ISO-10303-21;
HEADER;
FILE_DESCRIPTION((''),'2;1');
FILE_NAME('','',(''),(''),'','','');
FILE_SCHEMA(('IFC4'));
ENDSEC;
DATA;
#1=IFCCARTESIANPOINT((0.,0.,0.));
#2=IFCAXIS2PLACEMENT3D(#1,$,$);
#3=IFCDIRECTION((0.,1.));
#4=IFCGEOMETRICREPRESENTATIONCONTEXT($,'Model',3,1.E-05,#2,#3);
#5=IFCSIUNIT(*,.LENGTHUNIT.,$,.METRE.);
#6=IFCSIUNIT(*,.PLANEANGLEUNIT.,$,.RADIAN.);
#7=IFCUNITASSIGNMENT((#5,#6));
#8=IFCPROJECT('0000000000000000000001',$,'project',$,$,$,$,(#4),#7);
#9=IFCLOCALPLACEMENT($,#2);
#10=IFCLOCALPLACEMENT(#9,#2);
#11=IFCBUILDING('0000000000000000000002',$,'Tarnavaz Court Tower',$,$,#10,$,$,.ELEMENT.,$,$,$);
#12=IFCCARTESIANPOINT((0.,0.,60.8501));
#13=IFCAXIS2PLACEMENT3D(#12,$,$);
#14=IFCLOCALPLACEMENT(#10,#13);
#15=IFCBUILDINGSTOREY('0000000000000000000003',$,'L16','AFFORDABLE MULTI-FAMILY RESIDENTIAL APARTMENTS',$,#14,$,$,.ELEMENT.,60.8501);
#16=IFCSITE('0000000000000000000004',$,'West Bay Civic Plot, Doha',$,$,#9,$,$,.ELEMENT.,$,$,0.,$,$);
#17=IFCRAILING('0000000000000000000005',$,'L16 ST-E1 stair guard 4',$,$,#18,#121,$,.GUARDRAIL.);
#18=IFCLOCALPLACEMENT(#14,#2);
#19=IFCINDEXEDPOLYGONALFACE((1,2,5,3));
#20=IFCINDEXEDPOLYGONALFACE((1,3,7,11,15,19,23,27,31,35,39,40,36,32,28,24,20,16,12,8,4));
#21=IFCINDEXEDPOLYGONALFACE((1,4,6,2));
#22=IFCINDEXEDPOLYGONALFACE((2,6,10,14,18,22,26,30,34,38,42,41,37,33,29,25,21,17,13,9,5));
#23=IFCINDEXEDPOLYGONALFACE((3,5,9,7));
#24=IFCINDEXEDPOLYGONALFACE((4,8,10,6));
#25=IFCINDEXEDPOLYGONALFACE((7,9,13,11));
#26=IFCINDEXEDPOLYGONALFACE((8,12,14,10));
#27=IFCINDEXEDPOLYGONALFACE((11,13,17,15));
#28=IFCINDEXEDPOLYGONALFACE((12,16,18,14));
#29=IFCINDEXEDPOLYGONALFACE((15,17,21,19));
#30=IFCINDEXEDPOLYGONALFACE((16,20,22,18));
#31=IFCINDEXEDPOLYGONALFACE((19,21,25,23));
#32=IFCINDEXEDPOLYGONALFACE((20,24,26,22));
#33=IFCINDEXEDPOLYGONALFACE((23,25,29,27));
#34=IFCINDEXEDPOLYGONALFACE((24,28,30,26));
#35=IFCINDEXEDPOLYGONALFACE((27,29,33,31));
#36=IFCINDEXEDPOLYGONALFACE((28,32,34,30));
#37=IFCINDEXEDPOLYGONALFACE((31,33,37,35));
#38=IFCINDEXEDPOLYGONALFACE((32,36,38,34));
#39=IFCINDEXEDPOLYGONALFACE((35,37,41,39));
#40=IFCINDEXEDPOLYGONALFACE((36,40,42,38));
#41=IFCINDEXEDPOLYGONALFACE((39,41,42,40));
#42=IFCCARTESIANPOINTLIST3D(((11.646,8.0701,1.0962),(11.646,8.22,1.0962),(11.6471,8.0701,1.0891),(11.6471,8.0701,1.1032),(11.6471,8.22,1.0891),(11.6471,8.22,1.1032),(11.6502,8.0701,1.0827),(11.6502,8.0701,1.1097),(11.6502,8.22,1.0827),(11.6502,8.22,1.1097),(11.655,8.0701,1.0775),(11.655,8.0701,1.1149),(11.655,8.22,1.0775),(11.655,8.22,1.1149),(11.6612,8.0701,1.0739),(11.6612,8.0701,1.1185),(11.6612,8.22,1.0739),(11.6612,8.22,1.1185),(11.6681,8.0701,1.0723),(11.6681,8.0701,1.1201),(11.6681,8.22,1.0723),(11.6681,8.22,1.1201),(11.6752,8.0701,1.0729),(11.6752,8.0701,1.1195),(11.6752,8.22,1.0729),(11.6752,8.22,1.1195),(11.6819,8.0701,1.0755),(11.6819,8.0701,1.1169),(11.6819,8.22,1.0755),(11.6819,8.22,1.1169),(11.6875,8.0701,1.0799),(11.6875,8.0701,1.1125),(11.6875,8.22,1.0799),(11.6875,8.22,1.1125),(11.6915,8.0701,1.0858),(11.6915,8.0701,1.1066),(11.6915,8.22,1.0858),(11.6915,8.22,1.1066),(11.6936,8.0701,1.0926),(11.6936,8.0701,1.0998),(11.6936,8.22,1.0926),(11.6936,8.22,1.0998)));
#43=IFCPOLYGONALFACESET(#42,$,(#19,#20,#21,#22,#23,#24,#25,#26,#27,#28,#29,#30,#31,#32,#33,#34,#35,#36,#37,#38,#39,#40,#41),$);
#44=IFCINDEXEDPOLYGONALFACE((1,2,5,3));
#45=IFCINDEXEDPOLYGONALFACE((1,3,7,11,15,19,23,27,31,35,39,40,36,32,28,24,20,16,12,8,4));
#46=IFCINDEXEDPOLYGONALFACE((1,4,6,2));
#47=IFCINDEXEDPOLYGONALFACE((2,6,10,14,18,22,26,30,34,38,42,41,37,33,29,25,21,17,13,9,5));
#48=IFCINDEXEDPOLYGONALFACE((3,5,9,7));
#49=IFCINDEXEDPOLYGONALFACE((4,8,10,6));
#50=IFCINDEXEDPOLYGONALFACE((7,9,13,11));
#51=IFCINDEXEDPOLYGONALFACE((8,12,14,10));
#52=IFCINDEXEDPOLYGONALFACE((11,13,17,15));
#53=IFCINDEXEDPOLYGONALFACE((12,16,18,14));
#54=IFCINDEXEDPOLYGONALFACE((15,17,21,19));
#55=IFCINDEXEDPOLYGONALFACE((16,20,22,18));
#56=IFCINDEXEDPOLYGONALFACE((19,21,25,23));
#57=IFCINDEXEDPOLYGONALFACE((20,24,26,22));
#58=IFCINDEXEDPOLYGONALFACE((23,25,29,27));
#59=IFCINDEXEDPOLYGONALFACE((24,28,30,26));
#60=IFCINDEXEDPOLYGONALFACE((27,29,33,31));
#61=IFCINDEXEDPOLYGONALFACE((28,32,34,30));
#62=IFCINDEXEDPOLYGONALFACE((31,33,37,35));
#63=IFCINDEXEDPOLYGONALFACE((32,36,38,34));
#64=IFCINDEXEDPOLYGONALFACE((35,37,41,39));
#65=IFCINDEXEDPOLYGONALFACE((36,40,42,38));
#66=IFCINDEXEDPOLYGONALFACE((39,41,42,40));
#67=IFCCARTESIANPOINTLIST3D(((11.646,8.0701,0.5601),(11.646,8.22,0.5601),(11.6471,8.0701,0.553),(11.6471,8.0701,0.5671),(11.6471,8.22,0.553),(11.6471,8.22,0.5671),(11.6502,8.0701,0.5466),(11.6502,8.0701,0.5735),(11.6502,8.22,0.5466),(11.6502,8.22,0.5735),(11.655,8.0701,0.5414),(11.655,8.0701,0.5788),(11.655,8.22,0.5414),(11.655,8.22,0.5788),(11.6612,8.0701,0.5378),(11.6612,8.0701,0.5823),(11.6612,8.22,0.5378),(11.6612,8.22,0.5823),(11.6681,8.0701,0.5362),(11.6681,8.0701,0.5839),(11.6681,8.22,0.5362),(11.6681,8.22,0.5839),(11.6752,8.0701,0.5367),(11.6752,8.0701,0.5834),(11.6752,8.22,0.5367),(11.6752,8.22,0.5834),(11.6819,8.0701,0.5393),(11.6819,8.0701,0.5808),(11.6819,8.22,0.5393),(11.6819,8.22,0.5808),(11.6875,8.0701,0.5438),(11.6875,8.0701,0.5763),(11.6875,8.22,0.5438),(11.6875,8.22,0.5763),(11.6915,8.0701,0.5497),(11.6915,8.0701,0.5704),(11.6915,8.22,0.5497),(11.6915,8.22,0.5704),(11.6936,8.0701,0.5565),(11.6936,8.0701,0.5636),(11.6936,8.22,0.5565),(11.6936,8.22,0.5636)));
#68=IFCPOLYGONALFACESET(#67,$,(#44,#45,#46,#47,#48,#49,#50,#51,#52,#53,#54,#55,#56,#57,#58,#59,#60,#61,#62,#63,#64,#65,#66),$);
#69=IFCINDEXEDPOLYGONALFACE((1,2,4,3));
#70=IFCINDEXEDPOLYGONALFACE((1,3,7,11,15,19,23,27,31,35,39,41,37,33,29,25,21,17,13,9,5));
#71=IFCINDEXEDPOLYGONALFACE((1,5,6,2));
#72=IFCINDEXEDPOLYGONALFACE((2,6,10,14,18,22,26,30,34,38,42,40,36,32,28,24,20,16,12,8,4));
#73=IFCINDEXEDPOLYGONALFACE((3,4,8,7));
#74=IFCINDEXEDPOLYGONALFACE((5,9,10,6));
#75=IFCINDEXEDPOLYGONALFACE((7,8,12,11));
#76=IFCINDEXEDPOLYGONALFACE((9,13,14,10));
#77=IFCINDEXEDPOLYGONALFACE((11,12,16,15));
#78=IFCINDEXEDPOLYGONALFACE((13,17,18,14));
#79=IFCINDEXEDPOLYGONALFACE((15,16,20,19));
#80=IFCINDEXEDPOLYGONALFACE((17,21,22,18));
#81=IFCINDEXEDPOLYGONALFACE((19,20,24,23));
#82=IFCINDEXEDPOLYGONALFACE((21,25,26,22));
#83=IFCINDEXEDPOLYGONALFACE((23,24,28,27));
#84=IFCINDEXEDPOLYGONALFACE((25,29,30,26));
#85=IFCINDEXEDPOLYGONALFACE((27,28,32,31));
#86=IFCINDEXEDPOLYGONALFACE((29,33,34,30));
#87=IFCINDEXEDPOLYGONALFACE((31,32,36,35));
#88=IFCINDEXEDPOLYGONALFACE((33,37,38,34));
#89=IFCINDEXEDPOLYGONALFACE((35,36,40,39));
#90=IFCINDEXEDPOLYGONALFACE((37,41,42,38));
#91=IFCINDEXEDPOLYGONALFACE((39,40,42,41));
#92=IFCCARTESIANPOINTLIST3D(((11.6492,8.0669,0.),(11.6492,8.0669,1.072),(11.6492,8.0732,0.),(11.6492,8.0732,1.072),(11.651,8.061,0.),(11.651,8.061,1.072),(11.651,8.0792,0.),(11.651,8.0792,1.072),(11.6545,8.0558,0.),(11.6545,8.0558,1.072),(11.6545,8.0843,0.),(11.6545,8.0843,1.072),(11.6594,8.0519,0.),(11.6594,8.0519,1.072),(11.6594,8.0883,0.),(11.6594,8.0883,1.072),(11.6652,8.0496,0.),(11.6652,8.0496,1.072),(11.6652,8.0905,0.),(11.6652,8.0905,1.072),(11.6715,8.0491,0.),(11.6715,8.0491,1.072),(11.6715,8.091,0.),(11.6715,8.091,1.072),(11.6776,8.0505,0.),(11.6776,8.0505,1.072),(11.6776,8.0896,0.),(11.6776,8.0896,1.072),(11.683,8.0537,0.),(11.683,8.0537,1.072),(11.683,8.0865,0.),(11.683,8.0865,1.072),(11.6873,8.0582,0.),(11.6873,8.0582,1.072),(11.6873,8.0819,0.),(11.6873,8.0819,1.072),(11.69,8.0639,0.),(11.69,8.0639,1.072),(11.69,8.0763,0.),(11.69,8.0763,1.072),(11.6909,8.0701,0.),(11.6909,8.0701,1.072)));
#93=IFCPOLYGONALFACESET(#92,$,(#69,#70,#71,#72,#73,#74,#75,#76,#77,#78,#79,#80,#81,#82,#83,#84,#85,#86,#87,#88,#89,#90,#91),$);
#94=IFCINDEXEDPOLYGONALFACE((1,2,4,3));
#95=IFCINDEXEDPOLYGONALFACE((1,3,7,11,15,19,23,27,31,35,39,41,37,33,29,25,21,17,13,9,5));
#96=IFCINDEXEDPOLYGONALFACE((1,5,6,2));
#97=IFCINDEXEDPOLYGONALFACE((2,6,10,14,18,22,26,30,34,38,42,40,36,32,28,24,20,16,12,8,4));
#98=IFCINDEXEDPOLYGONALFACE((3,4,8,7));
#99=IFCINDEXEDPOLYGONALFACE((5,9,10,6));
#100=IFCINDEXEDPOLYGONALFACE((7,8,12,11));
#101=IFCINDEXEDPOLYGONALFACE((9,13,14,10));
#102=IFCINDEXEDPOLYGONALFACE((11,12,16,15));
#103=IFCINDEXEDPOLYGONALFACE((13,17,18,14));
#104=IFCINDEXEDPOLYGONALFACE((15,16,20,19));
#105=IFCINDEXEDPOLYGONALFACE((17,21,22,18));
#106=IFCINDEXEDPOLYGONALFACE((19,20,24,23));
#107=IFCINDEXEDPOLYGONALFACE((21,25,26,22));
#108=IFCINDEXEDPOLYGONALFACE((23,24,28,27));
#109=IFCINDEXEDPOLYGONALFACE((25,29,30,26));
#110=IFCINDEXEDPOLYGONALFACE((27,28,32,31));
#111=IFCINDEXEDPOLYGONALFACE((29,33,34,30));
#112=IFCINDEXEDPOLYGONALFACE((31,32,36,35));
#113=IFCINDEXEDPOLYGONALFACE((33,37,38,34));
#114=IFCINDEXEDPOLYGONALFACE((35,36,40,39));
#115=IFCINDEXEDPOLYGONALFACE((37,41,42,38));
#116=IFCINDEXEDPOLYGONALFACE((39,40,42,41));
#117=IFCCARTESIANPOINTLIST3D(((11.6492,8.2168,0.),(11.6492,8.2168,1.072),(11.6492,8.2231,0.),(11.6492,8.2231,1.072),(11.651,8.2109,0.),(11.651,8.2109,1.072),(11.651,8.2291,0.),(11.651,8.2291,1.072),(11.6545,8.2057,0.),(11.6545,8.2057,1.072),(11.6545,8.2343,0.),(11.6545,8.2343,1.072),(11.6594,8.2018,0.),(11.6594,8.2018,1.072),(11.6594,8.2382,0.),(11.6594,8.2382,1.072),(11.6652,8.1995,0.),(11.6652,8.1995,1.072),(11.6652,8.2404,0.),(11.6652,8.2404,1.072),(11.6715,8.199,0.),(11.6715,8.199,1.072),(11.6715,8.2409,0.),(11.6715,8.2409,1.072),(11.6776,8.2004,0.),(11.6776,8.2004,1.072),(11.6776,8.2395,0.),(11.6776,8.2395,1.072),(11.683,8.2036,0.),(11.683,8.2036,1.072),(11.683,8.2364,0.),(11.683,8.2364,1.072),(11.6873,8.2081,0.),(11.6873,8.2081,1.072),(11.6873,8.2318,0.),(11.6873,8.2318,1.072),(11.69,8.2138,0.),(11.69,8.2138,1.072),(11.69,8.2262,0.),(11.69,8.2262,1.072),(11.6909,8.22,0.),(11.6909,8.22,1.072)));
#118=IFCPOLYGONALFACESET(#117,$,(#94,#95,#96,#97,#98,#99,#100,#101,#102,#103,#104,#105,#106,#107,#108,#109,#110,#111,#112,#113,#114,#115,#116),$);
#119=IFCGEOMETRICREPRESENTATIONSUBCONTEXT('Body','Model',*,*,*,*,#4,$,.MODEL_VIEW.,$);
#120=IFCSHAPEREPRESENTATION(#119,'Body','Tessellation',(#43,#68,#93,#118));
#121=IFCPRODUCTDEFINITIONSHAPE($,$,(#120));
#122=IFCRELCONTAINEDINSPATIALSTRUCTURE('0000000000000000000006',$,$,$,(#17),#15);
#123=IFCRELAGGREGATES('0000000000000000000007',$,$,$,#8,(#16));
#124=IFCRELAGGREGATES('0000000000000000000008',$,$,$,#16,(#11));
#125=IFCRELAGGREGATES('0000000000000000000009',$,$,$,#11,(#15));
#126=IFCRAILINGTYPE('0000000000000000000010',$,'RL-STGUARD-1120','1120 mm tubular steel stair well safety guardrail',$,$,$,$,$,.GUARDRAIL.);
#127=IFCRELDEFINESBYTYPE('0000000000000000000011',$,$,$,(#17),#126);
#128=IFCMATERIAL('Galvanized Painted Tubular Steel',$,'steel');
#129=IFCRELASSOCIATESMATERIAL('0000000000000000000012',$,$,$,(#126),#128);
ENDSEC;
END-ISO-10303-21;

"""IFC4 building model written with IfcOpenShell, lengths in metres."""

from ifc_helpers import new_model, si_unit, direction, frame, origin, origin_2d, place, context, subcontext, project, spatial, circle, extrude, material, type_object, element, save


model = new_model("IFC4")

# Units and contexts
model_context = context("Model", 3, precision=1e-05, world=origin(), true_north=direction((0.0, 1.0)))
body_context = subcontext(model_context, "Body", "Model", "MODEL_VIEW")
ifc_project = project(units=[si_unit("LENGTHUNIT", "METRE"), si_unit("PLANEANGLEUNIT", "RADIAN")], contexts=[model_context])

# Site, building, storey
site_placement = place(None, origin())
site = spatial("IfcSite", under=ifc_project, at=site_placement, Name="West Bay Civic Plot, Doha", CompositionType="ELEMENT", RefElevation=0.0)
building_placement = place(site_placement, origin())
building = spatial("IfcBuilding", under=site, at=building_placement, Name="Tarnavaz Court Tower", CompositionType="ELEMENT")
storey_placement = place(building_placement, frame((0.0, 0.0, 60.8501)))
storey = spatial("IfcBuildingStorey", under=building, at=storey_placement, Name="L16", Description="AFFORDABLE MULTI-FAMILY RESIDENTIAL APARTMENTS", CompositionType="ELEMENT", Elevation=60.8501)

# Railing
ifc_material_1 = material(Name="Galvanized Painted Tubular Steel", Category="steel")
railing_type_1 = type_object("IfcRailingType", Name="RL-STGUARD-1120", Description="1120 mm tubular steel stair well safety guardrail", PredefinedType="GUARDRAIL", material=ifc_material_1)
railing_1_placement = place(storey_placement, frame((11.6699, 8.0701, 0.0)))
element("IfcRailing", 1, at=railing_1_placement, inside=storey, type_object=railing_type_1, Name="L16 ST-E1 stair guard 4", PredefinedType="GUARDRAIL", context=body_context, shape_type="SweptSolid", body=[
    extrude(circle(Radius=0.0239, at=origin_2d()), frame((0.0, 0.0, 1.0962), z_axis=(0.0, 1.0, 0.0), x_axis=(-1.0, 0.0, 0.0)), (0.0, 0.0, 1.0), 0.1499),
    extrude(circle(Radius=0.0239, at=origin_2d()), frame((0.0, 0.0, 0.5601), z_axis=(0.0, 1.0, 0.0), x_axis=(-1.0, 0.0, 0.0)), (0.0, 0.0, 1.0), 0.1499),
    extrude(circle(Radius=0.021, at=origin_2d()), origin(), (0.0, 0.0, 1.0), 1.072),
    extrude(circle(Radius=0.021, at=origin_2d()), frame((0.0, 0.1499, 0.0)), (0.0, 0.0, 1.0), 1.072),
])

save(model, "model.ifc")
